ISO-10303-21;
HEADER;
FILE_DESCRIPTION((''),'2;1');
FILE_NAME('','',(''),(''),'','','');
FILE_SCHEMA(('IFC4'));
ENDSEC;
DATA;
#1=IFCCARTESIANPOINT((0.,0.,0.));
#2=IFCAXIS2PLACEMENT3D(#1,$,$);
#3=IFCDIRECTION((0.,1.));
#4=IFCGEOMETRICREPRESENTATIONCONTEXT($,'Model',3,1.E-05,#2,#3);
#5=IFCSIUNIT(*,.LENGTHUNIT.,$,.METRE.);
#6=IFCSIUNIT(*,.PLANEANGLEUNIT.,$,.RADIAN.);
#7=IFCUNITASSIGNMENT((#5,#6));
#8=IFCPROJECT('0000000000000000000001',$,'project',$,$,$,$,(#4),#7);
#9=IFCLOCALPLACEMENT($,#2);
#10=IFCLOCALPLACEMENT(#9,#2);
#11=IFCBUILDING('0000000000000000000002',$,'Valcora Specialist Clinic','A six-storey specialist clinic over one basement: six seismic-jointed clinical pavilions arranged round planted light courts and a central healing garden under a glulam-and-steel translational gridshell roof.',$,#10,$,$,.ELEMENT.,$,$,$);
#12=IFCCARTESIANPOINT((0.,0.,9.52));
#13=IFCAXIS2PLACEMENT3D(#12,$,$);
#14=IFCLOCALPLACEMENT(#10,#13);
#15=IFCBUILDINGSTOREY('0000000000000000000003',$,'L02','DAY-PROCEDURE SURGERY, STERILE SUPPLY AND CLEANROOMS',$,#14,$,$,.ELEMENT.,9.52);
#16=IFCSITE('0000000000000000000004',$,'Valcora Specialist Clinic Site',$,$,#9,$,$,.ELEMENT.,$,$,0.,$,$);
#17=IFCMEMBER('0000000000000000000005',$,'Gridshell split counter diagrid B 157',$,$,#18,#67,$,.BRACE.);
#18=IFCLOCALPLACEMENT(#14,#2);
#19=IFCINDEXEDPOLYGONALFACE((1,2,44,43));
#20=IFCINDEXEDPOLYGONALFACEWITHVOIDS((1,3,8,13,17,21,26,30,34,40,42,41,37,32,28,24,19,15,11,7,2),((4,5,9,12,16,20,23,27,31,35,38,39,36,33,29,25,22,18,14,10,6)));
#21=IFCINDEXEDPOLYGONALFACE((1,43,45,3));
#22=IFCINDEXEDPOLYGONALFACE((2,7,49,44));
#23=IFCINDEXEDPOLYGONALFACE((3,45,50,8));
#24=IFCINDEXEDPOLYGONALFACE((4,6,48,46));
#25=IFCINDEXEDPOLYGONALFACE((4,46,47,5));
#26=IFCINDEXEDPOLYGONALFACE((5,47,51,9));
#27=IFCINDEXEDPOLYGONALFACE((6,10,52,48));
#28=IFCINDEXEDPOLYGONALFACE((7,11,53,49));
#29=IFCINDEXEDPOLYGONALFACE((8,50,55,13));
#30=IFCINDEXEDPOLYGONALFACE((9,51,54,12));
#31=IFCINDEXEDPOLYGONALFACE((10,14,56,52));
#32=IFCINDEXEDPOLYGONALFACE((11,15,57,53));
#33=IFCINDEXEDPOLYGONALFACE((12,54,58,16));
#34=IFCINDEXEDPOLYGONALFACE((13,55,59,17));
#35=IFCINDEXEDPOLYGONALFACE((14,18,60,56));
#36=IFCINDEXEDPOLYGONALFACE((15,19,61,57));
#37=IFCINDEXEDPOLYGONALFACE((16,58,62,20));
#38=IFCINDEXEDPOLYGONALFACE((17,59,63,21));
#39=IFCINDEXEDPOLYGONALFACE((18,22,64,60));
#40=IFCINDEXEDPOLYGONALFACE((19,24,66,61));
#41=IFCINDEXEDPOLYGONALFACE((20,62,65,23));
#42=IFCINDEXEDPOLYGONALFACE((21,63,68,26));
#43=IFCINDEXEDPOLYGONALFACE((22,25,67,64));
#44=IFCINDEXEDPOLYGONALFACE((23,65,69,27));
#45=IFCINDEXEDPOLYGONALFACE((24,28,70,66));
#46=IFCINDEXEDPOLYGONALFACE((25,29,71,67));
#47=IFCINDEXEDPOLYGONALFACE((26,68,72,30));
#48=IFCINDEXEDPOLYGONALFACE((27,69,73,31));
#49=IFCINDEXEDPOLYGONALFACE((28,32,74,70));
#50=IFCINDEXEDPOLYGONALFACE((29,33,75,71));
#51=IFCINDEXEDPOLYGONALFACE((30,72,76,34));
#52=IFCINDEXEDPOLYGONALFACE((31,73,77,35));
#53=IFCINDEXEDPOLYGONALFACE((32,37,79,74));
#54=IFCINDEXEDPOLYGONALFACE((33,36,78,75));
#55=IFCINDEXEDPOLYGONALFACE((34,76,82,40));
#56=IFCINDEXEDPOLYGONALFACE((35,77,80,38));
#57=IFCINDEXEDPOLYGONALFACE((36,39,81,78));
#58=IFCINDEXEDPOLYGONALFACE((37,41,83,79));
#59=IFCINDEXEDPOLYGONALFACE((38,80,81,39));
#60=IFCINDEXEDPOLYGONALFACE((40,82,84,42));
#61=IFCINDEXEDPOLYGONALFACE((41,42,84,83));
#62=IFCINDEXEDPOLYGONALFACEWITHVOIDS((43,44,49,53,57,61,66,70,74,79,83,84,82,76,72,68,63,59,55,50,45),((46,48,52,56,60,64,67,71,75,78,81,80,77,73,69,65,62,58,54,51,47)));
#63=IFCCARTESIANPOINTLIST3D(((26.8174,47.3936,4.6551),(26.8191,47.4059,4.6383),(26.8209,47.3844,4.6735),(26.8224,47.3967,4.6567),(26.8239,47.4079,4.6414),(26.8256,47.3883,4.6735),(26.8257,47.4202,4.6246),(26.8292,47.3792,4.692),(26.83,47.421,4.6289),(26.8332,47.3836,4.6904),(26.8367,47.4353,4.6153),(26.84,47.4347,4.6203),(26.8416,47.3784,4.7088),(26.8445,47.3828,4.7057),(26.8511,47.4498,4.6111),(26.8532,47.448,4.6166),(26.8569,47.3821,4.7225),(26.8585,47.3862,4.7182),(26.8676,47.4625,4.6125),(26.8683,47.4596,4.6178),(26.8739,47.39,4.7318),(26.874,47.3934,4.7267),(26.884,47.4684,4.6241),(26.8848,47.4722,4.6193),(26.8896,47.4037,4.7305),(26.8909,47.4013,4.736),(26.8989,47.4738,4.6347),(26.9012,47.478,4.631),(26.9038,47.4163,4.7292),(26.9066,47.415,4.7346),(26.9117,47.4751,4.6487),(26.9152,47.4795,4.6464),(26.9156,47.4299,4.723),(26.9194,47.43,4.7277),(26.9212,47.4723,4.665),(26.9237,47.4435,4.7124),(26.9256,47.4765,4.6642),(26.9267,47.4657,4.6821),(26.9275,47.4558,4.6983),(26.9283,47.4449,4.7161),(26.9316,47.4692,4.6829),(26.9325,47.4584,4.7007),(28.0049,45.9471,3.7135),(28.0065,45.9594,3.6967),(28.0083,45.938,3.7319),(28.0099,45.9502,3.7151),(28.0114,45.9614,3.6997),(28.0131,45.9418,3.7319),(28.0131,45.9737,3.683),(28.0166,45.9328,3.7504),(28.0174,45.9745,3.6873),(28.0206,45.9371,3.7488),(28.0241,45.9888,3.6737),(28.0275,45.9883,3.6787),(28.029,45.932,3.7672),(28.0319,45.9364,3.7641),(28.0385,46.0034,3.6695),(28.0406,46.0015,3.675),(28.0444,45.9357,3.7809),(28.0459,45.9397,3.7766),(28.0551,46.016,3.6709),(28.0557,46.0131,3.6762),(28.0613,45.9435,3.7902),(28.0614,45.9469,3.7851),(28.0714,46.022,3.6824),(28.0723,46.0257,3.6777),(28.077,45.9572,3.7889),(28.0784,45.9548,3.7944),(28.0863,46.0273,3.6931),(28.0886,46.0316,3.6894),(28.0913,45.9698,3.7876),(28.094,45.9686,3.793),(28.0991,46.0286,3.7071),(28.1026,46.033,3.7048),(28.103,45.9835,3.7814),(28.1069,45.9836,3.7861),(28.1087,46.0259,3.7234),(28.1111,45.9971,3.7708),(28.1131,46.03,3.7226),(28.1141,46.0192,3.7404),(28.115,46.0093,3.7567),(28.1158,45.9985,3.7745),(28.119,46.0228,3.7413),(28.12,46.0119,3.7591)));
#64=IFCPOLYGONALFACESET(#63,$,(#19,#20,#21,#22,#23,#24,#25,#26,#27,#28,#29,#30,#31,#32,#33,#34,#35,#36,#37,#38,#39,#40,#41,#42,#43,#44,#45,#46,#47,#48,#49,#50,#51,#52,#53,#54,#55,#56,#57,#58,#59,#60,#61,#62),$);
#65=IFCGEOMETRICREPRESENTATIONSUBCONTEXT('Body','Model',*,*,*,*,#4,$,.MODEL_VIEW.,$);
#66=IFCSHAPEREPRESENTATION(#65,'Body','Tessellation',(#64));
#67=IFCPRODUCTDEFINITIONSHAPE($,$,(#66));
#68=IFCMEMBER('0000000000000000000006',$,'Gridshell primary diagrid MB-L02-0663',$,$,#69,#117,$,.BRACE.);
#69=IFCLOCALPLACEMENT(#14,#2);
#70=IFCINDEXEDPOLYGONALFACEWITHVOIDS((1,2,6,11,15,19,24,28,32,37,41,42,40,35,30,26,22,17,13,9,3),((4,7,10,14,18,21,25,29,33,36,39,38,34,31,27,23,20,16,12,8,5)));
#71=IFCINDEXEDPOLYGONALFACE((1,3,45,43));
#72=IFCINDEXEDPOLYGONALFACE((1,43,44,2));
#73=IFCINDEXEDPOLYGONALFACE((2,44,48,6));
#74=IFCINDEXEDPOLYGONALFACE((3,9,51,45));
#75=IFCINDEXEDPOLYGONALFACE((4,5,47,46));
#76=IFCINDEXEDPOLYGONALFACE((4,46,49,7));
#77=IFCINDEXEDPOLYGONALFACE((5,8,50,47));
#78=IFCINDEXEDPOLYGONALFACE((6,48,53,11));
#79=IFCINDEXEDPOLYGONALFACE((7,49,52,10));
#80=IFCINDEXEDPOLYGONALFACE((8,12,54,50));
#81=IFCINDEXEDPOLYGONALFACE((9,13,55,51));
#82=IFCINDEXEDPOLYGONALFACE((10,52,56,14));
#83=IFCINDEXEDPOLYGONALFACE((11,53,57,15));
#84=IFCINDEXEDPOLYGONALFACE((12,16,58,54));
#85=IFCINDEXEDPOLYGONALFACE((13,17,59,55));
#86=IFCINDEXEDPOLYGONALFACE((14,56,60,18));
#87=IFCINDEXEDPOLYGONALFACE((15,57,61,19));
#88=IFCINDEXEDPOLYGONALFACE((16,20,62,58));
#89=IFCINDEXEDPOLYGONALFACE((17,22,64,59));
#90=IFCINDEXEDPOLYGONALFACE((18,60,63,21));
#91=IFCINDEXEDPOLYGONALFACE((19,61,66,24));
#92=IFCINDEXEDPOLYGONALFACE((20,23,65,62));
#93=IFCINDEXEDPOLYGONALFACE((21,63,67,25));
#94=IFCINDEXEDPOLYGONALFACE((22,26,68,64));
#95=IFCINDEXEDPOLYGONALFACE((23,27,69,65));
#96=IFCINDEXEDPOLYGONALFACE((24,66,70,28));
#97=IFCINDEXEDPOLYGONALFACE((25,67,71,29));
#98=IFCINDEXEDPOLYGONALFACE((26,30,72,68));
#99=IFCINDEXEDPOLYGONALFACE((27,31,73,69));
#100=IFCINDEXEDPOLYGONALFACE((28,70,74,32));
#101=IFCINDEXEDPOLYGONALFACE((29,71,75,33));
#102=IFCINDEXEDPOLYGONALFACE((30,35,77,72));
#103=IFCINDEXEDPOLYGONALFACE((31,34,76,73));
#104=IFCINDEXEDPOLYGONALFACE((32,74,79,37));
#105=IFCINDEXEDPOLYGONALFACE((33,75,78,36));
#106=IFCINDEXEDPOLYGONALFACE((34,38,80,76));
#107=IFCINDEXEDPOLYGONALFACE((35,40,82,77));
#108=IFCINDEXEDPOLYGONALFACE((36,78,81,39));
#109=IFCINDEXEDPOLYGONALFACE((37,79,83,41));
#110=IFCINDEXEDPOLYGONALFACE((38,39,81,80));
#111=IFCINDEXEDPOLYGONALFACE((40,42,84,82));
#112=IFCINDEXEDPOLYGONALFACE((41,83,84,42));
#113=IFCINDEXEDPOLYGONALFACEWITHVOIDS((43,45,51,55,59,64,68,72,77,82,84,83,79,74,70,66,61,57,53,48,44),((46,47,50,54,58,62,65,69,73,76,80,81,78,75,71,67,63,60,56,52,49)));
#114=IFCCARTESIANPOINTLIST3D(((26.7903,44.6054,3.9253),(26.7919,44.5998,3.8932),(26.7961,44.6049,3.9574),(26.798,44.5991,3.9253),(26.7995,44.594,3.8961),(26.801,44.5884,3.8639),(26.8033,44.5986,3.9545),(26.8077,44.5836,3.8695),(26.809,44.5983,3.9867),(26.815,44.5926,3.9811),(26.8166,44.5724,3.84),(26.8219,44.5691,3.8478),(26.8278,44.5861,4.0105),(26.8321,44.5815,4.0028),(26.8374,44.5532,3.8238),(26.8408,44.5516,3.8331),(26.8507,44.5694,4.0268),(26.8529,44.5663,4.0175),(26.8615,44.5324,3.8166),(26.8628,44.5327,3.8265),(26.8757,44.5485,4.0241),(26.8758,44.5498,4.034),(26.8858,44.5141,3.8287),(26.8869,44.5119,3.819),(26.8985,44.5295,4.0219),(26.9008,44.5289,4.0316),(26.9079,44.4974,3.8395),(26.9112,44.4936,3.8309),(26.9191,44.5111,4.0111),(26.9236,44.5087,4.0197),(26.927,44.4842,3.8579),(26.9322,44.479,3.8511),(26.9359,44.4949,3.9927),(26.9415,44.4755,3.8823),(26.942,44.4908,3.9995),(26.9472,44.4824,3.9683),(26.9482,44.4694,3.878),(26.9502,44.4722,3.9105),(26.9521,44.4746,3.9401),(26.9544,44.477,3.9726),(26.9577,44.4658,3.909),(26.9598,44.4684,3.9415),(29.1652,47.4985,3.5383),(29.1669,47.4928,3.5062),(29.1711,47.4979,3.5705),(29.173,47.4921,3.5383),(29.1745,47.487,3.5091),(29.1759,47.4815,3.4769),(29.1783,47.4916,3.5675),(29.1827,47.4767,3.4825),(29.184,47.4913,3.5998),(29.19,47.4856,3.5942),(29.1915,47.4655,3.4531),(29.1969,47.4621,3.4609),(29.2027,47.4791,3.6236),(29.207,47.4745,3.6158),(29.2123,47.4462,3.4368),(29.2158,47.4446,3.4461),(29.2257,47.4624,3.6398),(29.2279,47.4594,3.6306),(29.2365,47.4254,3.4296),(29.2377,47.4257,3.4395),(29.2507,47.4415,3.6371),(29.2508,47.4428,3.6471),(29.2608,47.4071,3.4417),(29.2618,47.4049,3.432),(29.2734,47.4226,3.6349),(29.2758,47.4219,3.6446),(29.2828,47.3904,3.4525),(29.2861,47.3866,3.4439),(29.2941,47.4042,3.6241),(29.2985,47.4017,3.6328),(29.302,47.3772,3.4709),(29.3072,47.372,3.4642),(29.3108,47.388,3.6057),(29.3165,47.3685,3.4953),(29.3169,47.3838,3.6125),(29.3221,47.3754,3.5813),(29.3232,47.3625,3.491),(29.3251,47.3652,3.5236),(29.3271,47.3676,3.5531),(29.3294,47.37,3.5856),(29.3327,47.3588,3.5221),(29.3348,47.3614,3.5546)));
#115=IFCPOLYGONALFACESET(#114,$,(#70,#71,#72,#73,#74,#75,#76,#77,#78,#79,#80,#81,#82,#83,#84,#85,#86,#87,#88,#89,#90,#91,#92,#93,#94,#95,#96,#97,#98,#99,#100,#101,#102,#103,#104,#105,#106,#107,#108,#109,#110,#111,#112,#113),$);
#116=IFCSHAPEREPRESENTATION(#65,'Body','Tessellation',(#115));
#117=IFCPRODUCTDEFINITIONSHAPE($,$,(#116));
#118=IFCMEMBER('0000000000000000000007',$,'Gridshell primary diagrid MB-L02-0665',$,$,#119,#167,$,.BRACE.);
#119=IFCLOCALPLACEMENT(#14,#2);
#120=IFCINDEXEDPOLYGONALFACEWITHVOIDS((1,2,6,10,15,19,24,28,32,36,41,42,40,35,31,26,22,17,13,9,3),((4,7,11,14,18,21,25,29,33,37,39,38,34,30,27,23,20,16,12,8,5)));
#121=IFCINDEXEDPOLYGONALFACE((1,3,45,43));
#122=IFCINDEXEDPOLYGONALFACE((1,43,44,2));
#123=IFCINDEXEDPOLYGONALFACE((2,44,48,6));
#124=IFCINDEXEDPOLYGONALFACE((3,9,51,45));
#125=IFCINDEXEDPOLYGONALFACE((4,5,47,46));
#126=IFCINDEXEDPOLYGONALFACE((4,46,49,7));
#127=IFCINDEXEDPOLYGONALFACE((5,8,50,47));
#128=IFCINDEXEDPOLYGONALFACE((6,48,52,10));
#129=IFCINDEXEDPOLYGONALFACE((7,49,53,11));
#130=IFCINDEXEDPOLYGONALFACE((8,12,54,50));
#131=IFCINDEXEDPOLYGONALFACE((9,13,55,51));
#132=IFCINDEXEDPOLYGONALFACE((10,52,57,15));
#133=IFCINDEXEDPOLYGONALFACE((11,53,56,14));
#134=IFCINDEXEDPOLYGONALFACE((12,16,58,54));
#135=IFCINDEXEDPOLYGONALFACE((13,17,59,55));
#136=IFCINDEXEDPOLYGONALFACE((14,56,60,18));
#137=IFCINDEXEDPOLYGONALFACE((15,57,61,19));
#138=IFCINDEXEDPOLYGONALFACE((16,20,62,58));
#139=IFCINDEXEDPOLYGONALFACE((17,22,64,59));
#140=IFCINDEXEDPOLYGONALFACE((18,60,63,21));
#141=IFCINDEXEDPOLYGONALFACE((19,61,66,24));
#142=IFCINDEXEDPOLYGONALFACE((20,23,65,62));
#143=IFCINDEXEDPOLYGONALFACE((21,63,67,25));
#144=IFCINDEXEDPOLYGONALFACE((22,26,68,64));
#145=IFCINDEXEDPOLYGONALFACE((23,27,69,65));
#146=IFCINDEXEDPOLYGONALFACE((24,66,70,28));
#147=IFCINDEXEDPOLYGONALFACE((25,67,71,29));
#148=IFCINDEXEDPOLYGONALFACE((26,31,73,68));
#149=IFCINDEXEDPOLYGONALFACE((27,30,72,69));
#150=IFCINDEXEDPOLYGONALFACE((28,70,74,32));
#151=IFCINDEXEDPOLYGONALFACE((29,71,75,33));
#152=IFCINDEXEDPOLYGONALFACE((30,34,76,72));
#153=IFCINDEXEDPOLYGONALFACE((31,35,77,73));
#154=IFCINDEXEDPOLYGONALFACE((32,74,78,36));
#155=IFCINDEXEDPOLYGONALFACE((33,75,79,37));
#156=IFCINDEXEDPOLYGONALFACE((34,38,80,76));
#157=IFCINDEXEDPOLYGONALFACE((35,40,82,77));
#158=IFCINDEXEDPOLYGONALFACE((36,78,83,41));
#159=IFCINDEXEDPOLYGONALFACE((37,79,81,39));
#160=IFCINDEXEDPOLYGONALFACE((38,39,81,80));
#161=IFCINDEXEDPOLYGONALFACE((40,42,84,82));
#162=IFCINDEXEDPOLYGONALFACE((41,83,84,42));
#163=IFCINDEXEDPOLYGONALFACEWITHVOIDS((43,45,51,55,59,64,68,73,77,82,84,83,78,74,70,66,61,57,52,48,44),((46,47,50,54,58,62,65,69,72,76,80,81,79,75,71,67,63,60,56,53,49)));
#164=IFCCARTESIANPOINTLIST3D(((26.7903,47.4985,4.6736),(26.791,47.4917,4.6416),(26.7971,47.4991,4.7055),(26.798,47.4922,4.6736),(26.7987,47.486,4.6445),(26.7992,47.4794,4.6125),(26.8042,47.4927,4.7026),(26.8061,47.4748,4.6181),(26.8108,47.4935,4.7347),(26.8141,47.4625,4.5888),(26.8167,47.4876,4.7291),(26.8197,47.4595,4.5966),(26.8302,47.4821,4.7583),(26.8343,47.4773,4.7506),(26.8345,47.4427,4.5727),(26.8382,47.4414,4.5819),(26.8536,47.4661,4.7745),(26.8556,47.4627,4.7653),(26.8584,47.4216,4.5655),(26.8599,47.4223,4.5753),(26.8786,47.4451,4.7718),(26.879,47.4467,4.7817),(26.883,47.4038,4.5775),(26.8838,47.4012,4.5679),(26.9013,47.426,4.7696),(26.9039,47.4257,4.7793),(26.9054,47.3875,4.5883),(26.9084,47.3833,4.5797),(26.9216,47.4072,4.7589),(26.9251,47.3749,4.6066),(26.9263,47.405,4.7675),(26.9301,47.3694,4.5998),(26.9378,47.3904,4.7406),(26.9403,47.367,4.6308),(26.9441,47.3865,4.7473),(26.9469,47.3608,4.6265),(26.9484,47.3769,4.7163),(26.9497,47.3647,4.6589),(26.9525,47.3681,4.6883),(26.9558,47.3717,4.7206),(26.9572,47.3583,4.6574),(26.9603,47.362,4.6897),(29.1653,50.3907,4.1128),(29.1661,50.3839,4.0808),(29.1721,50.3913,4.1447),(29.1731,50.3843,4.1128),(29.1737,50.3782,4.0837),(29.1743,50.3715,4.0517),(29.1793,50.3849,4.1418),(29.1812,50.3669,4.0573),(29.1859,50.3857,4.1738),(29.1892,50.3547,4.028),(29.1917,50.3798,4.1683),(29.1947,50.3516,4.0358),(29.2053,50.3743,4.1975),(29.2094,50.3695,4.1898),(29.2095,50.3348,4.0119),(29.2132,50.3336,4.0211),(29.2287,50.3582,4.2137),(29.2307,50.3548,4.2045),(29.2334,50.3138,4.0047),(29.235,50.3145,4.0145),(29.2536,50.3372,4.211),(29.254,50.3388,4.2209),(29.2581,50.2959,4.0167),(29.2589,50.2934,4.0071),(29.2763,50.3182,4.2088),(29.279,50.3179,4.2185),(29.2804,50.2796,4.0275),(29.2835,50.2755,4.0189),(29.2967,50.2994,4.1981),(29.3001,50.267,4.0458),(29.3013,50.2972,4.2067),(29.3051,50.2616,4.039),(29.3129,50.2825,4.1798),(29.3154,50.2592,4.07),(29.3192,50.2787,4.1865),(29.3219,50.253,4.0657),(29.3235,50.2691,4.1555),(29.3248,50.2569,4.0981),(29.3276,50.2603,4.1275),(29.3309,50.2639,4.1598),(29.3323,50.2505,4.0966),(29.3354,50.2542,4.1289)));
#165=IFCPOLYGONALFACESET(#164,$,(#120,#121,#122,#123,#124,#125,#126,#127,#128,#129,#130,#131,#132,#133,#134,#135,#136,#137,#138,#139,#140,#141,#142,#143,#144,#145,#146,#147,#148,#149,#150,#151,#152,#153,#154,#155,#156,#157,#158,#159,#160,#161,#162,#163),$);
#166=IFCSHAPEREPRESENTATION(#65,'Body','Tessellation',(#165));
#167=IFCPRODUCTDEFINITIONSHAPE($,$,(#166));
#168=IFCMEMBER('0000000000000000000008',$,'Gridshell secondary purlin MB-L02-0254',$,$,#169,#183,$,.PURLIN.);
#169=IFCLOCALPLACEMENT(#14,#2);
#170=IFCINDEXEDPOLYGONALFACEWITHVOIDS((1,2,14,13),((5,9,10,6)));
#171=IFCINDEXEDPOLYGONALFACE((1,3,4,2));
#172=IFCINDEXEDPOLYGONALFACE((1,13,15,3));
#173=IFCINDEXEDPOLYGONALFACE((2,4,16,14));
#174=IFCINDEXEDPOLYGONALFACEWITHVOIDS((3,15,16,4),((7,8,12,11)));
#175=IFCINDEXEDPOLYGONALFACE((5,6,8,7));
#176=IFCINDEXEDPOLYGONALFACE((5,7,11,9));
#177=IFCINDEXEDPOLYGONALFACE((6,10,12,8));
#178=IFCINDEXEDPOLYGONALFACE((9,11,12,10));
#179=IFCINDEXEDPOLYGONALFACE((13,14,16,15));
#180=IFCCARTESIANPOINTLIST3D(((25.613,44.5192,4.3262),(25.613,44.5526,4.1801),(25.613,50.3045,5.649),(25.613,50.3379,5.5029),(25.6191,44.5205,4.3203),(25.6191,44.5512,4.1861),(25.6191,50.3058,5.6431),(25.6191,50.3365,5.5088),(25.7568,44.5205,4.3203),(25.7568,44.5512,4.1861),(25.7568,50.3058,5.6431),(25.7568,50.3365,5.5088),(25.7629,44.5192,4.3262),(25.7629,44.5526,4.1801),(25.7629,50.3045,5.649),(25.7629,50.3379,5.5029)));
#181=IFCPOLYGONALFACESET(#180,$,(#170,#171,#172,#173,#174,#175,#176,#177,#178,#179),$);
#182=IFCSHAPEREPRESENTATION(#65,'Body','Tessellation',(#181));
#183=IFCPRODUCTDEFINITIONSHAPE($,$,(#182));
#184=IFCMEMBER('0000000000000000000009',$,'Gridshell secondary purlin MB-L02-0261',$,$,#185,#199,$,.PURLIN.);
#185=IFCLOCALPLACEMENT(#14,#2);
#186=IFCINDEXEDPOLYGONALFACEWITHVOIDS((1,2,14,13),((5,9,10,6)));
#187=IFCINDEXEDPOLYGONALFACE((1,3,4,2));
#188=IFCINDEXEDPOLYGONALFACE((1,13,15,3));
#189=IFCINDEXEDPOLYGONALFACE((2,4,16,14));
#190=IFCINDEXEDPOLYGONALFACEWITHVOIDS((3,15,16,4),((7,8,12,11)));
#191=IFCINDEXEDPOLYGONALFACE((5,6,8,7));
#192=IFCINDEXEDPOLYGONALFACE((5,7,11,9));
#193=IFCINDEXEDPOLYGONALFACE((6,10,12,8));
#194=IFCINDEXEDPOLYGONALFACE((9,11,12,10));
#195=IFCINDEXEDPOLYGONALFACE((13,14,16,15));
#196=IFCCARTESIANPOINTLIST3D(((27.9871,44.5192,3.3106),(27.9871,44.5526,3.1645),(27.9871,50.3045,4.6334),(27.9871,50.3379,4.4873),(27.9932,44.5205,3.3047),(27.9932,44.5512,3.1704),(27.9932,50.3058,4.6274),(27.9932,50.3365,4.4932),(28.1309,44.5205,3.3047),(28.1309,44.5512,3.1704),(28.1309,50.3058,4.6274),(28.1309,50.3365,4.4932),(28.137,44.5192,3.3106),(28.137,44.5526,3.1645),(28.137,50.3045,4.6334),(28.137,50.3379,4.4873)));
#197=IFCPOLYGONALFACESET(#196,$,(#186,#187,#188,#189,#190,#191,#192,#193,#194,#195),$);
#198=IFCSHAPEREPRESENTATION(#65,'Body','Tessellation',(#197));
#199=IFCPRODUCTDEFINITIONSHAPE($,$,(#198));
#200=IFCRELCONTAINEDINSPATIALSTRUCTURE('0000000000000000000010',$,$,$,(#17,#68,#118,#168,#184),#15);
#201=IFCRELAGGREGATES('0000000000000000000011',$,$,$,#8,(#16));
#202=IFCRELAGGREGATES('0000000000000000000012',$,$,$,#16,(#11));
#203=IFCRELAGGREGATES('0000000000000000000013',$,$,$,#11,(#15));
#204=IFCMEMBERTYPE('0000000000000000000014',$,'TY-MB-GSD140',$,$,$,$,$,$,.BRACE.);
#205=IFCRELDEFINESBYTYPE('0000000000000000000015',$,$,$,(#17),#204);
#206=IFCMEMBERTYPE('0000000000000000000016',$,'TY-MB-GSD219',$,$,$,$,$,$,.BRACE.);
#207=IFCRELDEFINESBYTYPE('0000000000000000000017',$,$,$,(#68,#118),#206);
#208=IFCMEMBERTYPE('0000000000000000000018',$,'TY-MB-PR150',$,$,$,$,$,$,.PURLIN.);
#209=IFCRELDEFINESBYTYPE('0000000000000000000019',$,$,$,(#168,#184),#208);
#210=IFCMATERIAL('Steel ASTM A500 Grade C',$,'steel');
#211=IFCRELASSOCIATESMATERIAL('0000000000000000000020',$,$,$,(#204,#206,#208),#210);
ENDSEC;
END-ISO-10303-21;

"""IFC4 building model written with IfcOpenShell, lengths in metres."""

from ifc_helpers import new_model, si_unit, direction, frame, origin, origin_2d, place, context, subcontext, project, spatial, hollow_rectangle, hollow_circle, extrude, material, material_profile, profile_set, type_object, element, save


model = new_model("IFC4")

# Units and contexts
model_context = context("Model", 3, precision=1e-05, world=origin(), true_north=direction((0.0, 1.0)))
body_context = subcontext(model_context, "Body", "Model", "MODEL_VIEW")
ifc_project = project(units=[si_unit("LENGTHUNIT", "METRE"), si_unit("PLANEANGLEUNIT", "RADIAN")], contexts=[model_context])

# Site, building, storey
site_placement = place(None, origin())
site = spatial("IfcSite", under=ifc_project, at=site_placement, Name="Valcora Specialist Clinic Site", CompositionType="ELEMENT", RefElevation=0.0)
building_placement = place(site_placement, origin())
building = spatial("IfcBuilding", under=site, at=building_placement, Name="Valcora Specialist Clinic", Description="A six-storey specialist clinic over one basement: six seismic-jointed clinical pavilions arranged round planted light courts and a central healing garden under a glulam-and-steel translational gridshell roof.", CompositionType="ELEMENT")
storey_placement = place(building_placement, frame((0.0, 0.0, 9.52)))
storey = spatial("IfcBuildingStorey", under=building, at=storey_placement, Name="L02", Description="DAY-PROCEDURE SURGERY, STERILE SUPPLY AND CLEANROOMS", CompositionType="ELEMENT", Elevation=9.52)

# Members
ifc_material_1 = material(Name="Steel ASTM A500 Grade C", Category="steel")
ifc_material_profile_1 = material_profile(ifc_material_1, hollow_circle(Radius=0.0701, WallThickness=0.0061, at=origin_2d()), Name="ST-CHS-140X6")
ifc_profile_set_1 = profile_set([ifc_material_profile_1], Name="Steel ASTM A500 Grade C")
member_type_1 = type_object("IfcMemberType", Name="TY-MB-GSD140", PredefinedType="BRACE", material=ifc_profile_set_1)
member_1_placement = place(storey_placement, frame((28.0625, 45.9824, 3.7319), z_axis=(-0.566807, 0.690446, 0.44946), x_axis=(-0.772916, -0.634508, 0.0)))
element("IfcMember", 1, at=member_1_placement, inside=storey, type_object=member_type_1, Name="Gridshell split counter diagrid B 157", PredefinedType="BRACE", context=body_context, shape_type="SweptSolid", body=[
    extrude(hollow_circle(Radius=0.0701, WallThickness=0.0061, at=origin_2d()), origin(), (0.0, 0.0, 1.0), 2.095),
])
ifc_material_profile_2 = material_profile(ifc_material_1, hollow_circle(Radius=0.1096, WallThickness=0.01, at=origin_2d()), Name="ST-CHS-219X10")
ifc_profile_set_2 = profile_set([ifc_material_profile_2], Name="Steel ASTM A500 Grade C")
member_type_2 = type_object("IfcMemberType", Name="TY-MB-GSD219", PredefinedType="BRACE", material=ifc_profile_set_2)
member_2_placement = place(storey_placement, frame((26.875, 44.5359, 3.9253), z_axis=(0.631145, 0.768818, -0.102834), x_axis=(-0.772916, 0.634508, 0.0)))
element("IfcMember", 2, at=member_2_placement, inside=storey, type_object=member_type_2, Name="Gridshell primary diagrid MB-L02-0663", PredefinedType="BRACE", context=body_context, shape_type="SweptSolid", body=[
    extrude(hollow_circle(Radius=0.1096, WallThickness=0.01, at=origin_2d()), origin(), (0.0, 0.0, 1.0), 3.7629),
])
member_3_placement = place(storey_placement, frame((26.875, 47.429, 4.6736), z_axis=(0.627629, 0.764277, -0.148197), x_axis=(-0.772811, 0.634636, 0.0)))
element("IfcMember", 3, at=member_3_placement, inside=storey, type_object=member_type_2, Name="Gridshell primary diagrid MB-L02-0665", PredefinedType="BRACE", context=body_context, shape_type="SweptSolid", body=[
    extrude(hollow_circle(Radius=0.1096, WallThickness=0.01, at=origin_2d()), origin(), (0.0, 0.0, 1.0), 3.7842),
])
ifc_material_profile_3 = material_profile(ifc_material_1, hollow_rectangle(XDim=0.1499, YDim=0.1499, WallThickness=0.0061, at=origin_2d()), Name="ST-RHS-150X150X6")
ifc_profile_set_3 = profile_set([ifc_material_profile_3], Name="Steel ASTM A500 Grade C")
member_type_3 = type_object("IfcMemberType", Name="TY-MB-PR150", PredefinedType="PURLIN", material=ifc_profile_set_3)
for number, where, z_axis, x_axis, name in (
    (4, (25.688, 44.5359, 4.2532), (0.0, 0.974843, 0.222894), (-1.0, 0.0, 0.0), "Gridshell secondary purlin MB-L02-0254"),
    (5, (28.062, 44.5359, 3.2375), (0.0, 0.974843, 0.222894), (-1.0, 0.0, 0.0), "Gridshell secondary purlin MB-L02-0261"),
):
    element("IfcMember", number, at=place(storey_placement, frame(where, z_axis=z_axis, x_axis=x_axis)), inside=storey, type_object=member_type_3, Name=name, PredefinedType="PURLIN", context=body_context, shape_type="SweptSolid", body=[
        extrude(hollow_rectangle(XDim=0.1499, YDim=0.1499, WallThickness=0.0061, at=origin_2d()), origin(), (0.0, 0.0, 1.0), 5.9346),
    ])

save(model, "model.ifc")
